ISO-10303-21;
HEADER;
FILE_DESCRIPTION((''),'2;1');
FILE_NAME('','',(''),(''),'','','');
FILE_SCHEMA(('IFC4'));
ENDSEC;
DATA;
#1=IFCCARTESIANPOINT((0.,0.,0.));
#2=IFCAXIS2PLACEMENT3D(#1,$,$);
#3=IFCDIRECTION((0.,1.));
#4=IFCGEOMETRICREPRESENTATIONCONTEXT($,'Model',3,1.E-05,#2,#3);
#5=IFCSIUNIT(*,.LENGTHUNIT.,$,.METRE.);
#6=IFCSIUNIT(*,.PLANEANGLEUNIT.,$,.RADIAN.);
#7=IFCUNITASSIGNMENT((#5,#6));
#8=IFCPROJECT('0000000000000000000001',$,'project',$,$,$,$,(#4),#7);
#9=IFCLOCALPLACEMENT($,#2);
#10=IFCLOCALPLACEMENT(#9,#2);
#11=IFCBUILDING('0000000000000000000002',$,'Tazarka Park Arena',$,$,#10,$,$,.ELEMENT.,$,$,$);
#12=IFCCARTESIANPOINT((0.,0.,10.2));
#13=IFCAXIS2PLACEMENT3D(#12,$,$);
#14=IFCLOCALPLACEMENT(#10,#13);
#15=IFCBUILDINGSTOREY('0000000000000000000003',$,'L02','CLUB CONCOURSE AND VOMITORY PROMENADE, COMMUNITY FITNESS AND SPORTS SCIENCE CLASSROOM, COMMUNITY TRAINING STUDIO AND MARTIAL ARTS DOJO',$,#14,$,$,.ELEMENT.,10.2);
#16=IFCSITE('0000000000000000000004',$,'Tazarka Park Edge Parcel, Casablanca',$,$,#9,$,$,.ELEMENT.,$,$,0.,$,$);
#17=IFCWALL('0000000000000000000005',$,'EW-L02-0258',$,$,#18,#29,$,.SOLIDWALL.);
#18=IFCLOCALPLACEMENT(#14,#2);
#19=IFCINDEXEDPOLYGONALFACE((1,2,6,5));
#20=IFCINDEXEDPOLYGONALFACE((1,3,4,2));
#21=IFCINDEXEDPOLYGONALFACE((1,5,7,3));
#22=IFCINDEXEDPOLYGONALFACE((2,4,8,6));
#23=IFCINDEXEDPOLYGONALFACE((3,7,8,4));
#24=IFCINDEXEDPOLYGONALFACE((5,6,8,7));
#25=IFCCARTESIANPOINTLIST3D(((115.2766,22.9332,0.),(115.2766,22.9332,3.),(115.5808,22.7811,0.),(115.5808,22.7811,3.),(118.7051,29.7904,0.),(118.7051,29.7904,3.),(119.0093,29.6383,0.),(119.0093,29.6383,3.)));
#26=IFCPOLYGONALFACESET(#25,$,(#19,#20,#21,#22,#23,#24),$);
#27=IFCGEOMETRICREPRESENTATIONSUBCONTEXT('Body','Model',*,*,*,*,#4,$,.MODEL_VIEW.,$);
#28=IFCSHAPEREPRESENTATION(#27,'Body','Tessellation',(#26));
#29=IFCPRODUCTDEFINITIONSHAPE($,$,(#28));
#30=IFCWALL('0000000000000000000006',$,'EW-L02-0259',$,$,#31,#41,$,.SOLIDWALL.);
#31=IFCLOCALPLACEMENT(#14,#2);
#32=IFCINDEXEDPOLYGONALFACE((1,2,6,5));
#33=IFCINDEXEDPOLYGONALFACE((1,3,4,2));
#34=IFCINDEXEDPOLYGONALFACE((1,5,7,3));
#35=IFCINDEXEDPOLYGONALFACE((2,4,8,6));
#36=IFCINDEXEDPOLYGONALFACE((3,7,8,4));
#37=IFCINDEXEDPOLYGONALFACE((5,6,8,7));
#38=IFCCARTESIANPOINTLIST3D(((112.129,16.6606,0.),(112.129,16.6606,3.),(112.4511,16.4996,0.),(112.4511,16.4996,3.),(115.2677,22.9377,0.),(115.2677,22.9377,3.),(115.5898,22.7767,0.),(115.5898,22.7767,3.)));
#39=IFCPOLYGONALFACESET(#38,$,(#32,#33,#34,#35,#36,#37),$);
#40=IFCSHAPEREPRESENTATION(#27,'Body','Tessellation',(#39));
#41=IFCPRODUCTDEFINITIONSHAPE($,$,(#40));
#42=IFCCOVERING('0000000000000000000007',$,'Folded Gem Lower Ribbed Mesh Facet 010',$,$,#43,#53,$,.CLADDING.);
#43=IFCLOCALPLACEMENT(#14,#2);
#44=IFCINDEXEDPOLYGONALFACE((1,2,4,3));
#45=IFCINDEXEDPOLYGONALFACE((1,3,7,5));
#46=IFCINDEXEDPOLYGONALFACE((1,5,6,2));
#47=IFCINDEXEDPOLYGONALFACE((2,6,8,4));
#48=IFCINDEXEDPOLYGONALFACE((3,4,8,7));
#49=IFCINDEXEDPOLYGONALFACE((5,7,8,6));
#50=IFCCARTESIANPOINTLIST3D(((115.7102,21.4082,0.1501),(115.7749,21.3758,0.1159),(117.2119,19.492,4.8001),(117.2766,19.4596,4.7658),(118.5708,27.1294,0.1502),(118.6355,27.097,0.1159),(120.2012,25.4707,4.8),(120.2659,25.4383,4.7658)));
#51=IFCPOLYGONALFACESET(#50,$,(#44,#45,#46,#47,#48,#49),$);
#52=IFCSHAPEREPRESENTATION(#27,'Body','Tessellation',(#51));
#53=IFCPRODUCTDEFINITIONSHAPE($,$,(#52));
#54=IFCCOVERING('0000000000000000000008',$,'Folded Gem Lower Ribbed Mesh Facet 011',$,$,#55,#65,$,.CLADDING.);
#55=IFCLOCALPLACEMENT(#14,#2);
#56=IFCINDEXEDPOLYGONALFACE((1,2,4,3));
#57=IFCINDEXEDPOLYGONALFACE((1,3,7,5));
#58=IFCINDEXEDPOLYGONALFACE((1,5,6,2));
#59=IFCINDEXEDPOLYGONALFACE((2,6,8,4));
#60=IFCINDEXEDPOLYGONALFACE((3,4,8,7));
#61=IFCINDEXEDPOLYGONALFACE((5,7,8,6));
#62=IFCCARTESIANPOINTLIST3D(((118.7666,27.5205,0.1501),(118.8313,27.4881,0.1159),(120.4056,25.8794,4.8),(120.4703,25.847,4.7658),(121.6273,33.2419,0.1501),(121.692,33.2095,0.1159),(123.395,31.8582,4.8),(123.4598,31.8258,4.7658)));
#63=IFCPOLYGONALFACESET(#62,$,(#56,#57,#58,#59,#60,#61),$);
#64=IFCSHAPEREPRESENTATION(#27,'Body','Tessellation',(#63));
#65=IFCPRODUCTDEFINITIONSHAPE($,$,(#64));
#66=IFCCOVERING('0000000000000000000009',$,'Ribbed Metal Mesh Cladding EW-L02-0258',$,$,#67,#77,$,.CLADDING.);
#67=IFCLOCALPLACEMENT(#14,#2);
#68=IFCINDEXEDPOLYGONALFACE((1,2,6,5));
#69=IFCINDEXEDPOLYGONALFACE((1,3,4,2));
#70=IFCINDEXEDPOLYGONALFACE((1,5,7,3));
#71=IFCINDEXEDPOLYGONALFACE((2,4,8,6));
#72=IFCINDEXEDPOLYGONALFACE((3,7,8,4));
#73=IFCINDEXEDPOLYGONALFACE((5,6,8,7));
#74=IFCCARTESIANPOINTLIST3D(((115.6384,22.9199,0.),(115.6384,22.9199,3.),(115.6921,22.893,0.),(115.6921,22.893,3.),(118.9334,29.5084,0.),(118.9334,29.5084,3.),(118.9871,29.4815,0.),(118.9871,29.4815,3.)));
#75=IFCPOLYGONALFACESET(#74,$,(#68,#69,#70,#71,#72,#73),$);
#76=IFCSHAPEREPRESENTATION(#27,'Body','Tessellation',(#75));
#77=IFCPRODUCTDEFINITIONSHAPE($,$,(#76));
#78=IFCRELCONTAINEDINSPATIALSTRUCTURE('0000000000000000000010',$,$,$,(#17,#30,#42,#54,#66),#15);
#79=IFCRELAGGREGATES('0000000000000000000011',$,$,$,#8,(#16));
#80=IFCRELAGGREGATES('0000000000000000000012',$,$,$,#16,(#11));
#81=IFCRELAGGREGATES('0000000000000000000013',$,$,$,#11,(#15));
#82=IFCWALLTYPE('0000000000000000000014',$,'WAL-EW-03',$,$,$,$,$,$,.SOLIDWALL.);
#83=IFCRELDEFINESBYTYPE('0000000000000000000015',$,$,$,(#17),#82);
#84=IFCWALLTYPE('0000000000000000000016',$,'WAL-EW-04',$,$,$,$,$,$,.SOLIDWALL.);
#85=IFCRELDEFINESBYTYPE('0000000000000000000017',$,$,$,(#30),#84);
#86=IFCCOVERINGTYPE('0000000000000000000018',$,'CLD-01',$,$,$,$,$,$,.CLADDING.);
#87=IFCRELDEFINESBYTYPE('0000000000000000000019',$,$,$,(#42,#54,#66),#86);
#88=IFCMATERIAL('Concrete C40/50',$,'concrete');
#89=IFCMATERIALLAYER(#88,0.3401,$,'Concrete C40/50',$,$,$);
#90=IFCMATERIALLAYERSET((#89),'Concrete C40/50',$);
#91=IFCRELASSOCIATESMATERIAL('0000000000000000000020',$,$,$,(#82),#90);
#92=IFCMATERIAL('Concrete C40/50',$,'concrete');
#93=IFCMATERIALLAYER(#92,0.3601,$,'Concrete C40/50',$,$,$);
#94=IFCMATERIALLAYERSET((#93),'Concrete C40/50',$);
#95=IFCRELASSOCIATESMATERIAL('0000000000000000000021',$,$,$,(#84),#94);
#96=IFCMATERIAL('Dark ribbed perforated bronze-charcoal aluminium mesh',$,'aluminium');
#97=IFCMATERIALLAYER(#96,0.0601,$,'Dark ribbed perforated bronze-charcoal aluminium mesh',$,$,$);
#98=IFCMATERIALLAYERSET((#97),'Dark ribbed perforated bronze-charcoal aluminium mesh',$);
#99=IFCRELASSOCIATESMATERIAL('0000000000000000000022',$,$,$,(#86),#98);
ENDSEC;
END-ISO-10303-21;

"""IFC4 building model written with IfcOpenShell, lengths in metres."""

from ifc_helpers import new_model, si_unit, direction, frame, frame_2d, origin, origin_2d, place, context, subcontext, project, spatial, polyline, rectangle, outline, extrude, material, layer, layer_set, type_object, element, save


model = new_model("IFC4")

# Units and contexts
model_context = context("Model", 3, precision=1e-05, world=origin(), true_north=direction((0.0, 1.0)))
body_context = subcontext(model_context, "Body", "Model", "MODEL_VIEW")
ifc_project = project(units=[si_unit("LENGTHUNIT", "METRE"), si_unit("PLANEANGLEUNIT", "RADIAN")], contexts=[model_context])

# Site, building, storey
site_placement = place(None, origin())
site = spatial("IfcSite", under=ifc_project, at=site_placement, Name="Tazarka Park Edge Parcel, Casablanca", CompositionType="ELEMENT", RefElevation=0.0)
building_placement = place(site_placement, origin())
building = spatial("IfcBuilding", under=site, at=building_placement, Name="Tazarka Park Arena", CompositionType="ELEMENT")
storey_placement = place(building_placement, frame((0.0, 0.0, 10.2)))
storey = spatial("IfcBuildingStorey", under=building, at=storey_placement, Name="L02", Description="CLUB CONCOURSE AND VOMITORY PROMENADE, COMMUNITY FITNESS AND SPORTS SCIENCE CLASSROOM, COMMUNITY TRAINING STUDIO AND MARTIAL ARTS DOJO", CompositionType="ELEMENT", Elevation=10.2)

# Walls
ifc_material_1 = material(Name="Concrete C40/50", Category="concrete")
ifc_layer_1 = layer(ifc_material_1, 0.3401, Name="Concrete C40/50")
ifc_layer_set_1 = layer_set([ifc_layer_1], Name="Concrete C40/50")
wall_type_1 = type_object("IfcWallType", Name="WAL-EW-03", PredefinedType="SOLIDWALL", material=ifc_layer_set_1)
wall_1_placement = place(storey_placement, frame((118.8572, 29.7144, 0.0), z_axis=(0.0, 0.0, 1.0), x_axis=(-0.447201, -0.894434, 0.0)))
element("IfcWall", 1, at=wall_1_placement, inside=storey, type_object=wall_type_1, Name="EW-L02-0258", PredefinedType="SOLIDWALL", context=body_context, shape_type="SweptSolid", body=[
    extrude(rectangle(XDim=7.6665, YDim=0.3401, at=frame_2d((3.8333, 0.0))), origin(), (0.0, 0.0, 1.0), 3.0),
])
ifc_material_2 = material(Name="Concrete C40/50", Category="concrete")
ifc_layer_2 = layer(ifc_material_2, 0.3601, Name="Concrete C40/50")
ifc_layer_set_2 = layer_set([ifc_layer_2], Name="Concrete C40/50")
wall_type_2 = type_object("IfcWallType", Name="WAL-EW-04", PredefinedType="SOLIDWALL", material=ifc_layer_set_2)
wall_2_placement = place(storey_placement, frame((115.4287, 22.8572, 0.0), z_axis=(0.0, 0.0, 1.0), x_axis=(-0.447228, -0.89442, 0.0)))
element("IfcWall", 2, at=wall_2_placement, inside=storey, type_object=wall_type_2, Name="EW-L02-0259", PredefinedType="SOLIDWALL", context=body_context, shape_type="SweptSolid", body=[
    extrude(rectangle(XDim=7.0181, YDim=0.3601, at=frame_2d((3.509, 0.0))), origin(), (0.0, 0.0, 1.0), 3.0),
])

# Coverings
ifc_material_3 = material(Name="Dark ribbed perforated bronze-charcoal aluminium mesh", Category="aluminium")
ifc_layer_3 = layer(ifc_material_3, 0.0601, Name="Dark ribbed perforated bronze-charcoal aluminium mesh")
ifc_layer_set_3 = layer_set([ifc_layer_3], Name="Dark ribbed perforated bronze-charcoal aluminium mesh")
covering_type = type_object("IfcCoveringType", Name="CLD-01", PredefinedType="CLADDING", material=ifc_layer_set_3)
covering_1_placement = place(storey_placement, frame((115.7102, 21.4082, 0.1501), z_axis=(-0.808499, 0.404241, 0.427689), x_axis=(0.447207, 0.89443, 0.000003)))
element("IfcCovering", 3, at=covering_1_placement, inside=storey, type_object=covering_type, Name="Folded Gem Lower Ribbed Mesh Facet 010", PredefinedType="CLADDING", context=body_context, shape_type="SweptSolid", body=[
    extrude(outline(polyline([(0.0, 0.0), (6.3965, 0.0), (5.642, -5.1441), (-1.0424, -5.1441), (0.0, 0.0)])), origin(), (0.0, 0.0, -1.0), 0.0801),
])
covering_2_placement = place(storey_placement, frame((118.7666, 27.5205, 0.1501), z_axis=(-0.808506, 0.404253, 0.427664), x_axis=(0.447211, 0.894429, -0.000007)))
element("IfcCovering", 4, at=covering_2_placement, inside=storey, type_object=covering_type, Name="Folded Gem Lower Ribbed Mesh Facet 011", PredefinedType="CLADDING", context=body_context, shape_type="SweptSolid", body=[
    extrude(outline(polyline([(0.0, 0.0), (6.3967, 0.0), (5.9496, -5.1441), (-0.7349, -5.144), (0.0, 0.0)])), origin(), (0.0, 0.0, -1.0), 0.0801),
])
covering_3_placement = place(storey_placement, frame((117.3127, 26.2007, 0.0), z_axis=(0.0, 0.0, 1.0), x_axis=(-0.447291, -0.894389, 0.0)))
element("IfcCovering", 5, at=covering_3_placement, inside=storey, type_object=covering_type, Name="Ribbed Metal Mesh Cladding EW-L02-0258", PredefinedType="CLADDING", context=body_context, shape_type="SweptSolid", body=[
    extrude(rectangle(XDim=7.3665, YDim=0.0601, at=origin_2d()), origin(), (0.0, 0.0, 1.0), 3.0),
])

save(model, "model.ifc")
